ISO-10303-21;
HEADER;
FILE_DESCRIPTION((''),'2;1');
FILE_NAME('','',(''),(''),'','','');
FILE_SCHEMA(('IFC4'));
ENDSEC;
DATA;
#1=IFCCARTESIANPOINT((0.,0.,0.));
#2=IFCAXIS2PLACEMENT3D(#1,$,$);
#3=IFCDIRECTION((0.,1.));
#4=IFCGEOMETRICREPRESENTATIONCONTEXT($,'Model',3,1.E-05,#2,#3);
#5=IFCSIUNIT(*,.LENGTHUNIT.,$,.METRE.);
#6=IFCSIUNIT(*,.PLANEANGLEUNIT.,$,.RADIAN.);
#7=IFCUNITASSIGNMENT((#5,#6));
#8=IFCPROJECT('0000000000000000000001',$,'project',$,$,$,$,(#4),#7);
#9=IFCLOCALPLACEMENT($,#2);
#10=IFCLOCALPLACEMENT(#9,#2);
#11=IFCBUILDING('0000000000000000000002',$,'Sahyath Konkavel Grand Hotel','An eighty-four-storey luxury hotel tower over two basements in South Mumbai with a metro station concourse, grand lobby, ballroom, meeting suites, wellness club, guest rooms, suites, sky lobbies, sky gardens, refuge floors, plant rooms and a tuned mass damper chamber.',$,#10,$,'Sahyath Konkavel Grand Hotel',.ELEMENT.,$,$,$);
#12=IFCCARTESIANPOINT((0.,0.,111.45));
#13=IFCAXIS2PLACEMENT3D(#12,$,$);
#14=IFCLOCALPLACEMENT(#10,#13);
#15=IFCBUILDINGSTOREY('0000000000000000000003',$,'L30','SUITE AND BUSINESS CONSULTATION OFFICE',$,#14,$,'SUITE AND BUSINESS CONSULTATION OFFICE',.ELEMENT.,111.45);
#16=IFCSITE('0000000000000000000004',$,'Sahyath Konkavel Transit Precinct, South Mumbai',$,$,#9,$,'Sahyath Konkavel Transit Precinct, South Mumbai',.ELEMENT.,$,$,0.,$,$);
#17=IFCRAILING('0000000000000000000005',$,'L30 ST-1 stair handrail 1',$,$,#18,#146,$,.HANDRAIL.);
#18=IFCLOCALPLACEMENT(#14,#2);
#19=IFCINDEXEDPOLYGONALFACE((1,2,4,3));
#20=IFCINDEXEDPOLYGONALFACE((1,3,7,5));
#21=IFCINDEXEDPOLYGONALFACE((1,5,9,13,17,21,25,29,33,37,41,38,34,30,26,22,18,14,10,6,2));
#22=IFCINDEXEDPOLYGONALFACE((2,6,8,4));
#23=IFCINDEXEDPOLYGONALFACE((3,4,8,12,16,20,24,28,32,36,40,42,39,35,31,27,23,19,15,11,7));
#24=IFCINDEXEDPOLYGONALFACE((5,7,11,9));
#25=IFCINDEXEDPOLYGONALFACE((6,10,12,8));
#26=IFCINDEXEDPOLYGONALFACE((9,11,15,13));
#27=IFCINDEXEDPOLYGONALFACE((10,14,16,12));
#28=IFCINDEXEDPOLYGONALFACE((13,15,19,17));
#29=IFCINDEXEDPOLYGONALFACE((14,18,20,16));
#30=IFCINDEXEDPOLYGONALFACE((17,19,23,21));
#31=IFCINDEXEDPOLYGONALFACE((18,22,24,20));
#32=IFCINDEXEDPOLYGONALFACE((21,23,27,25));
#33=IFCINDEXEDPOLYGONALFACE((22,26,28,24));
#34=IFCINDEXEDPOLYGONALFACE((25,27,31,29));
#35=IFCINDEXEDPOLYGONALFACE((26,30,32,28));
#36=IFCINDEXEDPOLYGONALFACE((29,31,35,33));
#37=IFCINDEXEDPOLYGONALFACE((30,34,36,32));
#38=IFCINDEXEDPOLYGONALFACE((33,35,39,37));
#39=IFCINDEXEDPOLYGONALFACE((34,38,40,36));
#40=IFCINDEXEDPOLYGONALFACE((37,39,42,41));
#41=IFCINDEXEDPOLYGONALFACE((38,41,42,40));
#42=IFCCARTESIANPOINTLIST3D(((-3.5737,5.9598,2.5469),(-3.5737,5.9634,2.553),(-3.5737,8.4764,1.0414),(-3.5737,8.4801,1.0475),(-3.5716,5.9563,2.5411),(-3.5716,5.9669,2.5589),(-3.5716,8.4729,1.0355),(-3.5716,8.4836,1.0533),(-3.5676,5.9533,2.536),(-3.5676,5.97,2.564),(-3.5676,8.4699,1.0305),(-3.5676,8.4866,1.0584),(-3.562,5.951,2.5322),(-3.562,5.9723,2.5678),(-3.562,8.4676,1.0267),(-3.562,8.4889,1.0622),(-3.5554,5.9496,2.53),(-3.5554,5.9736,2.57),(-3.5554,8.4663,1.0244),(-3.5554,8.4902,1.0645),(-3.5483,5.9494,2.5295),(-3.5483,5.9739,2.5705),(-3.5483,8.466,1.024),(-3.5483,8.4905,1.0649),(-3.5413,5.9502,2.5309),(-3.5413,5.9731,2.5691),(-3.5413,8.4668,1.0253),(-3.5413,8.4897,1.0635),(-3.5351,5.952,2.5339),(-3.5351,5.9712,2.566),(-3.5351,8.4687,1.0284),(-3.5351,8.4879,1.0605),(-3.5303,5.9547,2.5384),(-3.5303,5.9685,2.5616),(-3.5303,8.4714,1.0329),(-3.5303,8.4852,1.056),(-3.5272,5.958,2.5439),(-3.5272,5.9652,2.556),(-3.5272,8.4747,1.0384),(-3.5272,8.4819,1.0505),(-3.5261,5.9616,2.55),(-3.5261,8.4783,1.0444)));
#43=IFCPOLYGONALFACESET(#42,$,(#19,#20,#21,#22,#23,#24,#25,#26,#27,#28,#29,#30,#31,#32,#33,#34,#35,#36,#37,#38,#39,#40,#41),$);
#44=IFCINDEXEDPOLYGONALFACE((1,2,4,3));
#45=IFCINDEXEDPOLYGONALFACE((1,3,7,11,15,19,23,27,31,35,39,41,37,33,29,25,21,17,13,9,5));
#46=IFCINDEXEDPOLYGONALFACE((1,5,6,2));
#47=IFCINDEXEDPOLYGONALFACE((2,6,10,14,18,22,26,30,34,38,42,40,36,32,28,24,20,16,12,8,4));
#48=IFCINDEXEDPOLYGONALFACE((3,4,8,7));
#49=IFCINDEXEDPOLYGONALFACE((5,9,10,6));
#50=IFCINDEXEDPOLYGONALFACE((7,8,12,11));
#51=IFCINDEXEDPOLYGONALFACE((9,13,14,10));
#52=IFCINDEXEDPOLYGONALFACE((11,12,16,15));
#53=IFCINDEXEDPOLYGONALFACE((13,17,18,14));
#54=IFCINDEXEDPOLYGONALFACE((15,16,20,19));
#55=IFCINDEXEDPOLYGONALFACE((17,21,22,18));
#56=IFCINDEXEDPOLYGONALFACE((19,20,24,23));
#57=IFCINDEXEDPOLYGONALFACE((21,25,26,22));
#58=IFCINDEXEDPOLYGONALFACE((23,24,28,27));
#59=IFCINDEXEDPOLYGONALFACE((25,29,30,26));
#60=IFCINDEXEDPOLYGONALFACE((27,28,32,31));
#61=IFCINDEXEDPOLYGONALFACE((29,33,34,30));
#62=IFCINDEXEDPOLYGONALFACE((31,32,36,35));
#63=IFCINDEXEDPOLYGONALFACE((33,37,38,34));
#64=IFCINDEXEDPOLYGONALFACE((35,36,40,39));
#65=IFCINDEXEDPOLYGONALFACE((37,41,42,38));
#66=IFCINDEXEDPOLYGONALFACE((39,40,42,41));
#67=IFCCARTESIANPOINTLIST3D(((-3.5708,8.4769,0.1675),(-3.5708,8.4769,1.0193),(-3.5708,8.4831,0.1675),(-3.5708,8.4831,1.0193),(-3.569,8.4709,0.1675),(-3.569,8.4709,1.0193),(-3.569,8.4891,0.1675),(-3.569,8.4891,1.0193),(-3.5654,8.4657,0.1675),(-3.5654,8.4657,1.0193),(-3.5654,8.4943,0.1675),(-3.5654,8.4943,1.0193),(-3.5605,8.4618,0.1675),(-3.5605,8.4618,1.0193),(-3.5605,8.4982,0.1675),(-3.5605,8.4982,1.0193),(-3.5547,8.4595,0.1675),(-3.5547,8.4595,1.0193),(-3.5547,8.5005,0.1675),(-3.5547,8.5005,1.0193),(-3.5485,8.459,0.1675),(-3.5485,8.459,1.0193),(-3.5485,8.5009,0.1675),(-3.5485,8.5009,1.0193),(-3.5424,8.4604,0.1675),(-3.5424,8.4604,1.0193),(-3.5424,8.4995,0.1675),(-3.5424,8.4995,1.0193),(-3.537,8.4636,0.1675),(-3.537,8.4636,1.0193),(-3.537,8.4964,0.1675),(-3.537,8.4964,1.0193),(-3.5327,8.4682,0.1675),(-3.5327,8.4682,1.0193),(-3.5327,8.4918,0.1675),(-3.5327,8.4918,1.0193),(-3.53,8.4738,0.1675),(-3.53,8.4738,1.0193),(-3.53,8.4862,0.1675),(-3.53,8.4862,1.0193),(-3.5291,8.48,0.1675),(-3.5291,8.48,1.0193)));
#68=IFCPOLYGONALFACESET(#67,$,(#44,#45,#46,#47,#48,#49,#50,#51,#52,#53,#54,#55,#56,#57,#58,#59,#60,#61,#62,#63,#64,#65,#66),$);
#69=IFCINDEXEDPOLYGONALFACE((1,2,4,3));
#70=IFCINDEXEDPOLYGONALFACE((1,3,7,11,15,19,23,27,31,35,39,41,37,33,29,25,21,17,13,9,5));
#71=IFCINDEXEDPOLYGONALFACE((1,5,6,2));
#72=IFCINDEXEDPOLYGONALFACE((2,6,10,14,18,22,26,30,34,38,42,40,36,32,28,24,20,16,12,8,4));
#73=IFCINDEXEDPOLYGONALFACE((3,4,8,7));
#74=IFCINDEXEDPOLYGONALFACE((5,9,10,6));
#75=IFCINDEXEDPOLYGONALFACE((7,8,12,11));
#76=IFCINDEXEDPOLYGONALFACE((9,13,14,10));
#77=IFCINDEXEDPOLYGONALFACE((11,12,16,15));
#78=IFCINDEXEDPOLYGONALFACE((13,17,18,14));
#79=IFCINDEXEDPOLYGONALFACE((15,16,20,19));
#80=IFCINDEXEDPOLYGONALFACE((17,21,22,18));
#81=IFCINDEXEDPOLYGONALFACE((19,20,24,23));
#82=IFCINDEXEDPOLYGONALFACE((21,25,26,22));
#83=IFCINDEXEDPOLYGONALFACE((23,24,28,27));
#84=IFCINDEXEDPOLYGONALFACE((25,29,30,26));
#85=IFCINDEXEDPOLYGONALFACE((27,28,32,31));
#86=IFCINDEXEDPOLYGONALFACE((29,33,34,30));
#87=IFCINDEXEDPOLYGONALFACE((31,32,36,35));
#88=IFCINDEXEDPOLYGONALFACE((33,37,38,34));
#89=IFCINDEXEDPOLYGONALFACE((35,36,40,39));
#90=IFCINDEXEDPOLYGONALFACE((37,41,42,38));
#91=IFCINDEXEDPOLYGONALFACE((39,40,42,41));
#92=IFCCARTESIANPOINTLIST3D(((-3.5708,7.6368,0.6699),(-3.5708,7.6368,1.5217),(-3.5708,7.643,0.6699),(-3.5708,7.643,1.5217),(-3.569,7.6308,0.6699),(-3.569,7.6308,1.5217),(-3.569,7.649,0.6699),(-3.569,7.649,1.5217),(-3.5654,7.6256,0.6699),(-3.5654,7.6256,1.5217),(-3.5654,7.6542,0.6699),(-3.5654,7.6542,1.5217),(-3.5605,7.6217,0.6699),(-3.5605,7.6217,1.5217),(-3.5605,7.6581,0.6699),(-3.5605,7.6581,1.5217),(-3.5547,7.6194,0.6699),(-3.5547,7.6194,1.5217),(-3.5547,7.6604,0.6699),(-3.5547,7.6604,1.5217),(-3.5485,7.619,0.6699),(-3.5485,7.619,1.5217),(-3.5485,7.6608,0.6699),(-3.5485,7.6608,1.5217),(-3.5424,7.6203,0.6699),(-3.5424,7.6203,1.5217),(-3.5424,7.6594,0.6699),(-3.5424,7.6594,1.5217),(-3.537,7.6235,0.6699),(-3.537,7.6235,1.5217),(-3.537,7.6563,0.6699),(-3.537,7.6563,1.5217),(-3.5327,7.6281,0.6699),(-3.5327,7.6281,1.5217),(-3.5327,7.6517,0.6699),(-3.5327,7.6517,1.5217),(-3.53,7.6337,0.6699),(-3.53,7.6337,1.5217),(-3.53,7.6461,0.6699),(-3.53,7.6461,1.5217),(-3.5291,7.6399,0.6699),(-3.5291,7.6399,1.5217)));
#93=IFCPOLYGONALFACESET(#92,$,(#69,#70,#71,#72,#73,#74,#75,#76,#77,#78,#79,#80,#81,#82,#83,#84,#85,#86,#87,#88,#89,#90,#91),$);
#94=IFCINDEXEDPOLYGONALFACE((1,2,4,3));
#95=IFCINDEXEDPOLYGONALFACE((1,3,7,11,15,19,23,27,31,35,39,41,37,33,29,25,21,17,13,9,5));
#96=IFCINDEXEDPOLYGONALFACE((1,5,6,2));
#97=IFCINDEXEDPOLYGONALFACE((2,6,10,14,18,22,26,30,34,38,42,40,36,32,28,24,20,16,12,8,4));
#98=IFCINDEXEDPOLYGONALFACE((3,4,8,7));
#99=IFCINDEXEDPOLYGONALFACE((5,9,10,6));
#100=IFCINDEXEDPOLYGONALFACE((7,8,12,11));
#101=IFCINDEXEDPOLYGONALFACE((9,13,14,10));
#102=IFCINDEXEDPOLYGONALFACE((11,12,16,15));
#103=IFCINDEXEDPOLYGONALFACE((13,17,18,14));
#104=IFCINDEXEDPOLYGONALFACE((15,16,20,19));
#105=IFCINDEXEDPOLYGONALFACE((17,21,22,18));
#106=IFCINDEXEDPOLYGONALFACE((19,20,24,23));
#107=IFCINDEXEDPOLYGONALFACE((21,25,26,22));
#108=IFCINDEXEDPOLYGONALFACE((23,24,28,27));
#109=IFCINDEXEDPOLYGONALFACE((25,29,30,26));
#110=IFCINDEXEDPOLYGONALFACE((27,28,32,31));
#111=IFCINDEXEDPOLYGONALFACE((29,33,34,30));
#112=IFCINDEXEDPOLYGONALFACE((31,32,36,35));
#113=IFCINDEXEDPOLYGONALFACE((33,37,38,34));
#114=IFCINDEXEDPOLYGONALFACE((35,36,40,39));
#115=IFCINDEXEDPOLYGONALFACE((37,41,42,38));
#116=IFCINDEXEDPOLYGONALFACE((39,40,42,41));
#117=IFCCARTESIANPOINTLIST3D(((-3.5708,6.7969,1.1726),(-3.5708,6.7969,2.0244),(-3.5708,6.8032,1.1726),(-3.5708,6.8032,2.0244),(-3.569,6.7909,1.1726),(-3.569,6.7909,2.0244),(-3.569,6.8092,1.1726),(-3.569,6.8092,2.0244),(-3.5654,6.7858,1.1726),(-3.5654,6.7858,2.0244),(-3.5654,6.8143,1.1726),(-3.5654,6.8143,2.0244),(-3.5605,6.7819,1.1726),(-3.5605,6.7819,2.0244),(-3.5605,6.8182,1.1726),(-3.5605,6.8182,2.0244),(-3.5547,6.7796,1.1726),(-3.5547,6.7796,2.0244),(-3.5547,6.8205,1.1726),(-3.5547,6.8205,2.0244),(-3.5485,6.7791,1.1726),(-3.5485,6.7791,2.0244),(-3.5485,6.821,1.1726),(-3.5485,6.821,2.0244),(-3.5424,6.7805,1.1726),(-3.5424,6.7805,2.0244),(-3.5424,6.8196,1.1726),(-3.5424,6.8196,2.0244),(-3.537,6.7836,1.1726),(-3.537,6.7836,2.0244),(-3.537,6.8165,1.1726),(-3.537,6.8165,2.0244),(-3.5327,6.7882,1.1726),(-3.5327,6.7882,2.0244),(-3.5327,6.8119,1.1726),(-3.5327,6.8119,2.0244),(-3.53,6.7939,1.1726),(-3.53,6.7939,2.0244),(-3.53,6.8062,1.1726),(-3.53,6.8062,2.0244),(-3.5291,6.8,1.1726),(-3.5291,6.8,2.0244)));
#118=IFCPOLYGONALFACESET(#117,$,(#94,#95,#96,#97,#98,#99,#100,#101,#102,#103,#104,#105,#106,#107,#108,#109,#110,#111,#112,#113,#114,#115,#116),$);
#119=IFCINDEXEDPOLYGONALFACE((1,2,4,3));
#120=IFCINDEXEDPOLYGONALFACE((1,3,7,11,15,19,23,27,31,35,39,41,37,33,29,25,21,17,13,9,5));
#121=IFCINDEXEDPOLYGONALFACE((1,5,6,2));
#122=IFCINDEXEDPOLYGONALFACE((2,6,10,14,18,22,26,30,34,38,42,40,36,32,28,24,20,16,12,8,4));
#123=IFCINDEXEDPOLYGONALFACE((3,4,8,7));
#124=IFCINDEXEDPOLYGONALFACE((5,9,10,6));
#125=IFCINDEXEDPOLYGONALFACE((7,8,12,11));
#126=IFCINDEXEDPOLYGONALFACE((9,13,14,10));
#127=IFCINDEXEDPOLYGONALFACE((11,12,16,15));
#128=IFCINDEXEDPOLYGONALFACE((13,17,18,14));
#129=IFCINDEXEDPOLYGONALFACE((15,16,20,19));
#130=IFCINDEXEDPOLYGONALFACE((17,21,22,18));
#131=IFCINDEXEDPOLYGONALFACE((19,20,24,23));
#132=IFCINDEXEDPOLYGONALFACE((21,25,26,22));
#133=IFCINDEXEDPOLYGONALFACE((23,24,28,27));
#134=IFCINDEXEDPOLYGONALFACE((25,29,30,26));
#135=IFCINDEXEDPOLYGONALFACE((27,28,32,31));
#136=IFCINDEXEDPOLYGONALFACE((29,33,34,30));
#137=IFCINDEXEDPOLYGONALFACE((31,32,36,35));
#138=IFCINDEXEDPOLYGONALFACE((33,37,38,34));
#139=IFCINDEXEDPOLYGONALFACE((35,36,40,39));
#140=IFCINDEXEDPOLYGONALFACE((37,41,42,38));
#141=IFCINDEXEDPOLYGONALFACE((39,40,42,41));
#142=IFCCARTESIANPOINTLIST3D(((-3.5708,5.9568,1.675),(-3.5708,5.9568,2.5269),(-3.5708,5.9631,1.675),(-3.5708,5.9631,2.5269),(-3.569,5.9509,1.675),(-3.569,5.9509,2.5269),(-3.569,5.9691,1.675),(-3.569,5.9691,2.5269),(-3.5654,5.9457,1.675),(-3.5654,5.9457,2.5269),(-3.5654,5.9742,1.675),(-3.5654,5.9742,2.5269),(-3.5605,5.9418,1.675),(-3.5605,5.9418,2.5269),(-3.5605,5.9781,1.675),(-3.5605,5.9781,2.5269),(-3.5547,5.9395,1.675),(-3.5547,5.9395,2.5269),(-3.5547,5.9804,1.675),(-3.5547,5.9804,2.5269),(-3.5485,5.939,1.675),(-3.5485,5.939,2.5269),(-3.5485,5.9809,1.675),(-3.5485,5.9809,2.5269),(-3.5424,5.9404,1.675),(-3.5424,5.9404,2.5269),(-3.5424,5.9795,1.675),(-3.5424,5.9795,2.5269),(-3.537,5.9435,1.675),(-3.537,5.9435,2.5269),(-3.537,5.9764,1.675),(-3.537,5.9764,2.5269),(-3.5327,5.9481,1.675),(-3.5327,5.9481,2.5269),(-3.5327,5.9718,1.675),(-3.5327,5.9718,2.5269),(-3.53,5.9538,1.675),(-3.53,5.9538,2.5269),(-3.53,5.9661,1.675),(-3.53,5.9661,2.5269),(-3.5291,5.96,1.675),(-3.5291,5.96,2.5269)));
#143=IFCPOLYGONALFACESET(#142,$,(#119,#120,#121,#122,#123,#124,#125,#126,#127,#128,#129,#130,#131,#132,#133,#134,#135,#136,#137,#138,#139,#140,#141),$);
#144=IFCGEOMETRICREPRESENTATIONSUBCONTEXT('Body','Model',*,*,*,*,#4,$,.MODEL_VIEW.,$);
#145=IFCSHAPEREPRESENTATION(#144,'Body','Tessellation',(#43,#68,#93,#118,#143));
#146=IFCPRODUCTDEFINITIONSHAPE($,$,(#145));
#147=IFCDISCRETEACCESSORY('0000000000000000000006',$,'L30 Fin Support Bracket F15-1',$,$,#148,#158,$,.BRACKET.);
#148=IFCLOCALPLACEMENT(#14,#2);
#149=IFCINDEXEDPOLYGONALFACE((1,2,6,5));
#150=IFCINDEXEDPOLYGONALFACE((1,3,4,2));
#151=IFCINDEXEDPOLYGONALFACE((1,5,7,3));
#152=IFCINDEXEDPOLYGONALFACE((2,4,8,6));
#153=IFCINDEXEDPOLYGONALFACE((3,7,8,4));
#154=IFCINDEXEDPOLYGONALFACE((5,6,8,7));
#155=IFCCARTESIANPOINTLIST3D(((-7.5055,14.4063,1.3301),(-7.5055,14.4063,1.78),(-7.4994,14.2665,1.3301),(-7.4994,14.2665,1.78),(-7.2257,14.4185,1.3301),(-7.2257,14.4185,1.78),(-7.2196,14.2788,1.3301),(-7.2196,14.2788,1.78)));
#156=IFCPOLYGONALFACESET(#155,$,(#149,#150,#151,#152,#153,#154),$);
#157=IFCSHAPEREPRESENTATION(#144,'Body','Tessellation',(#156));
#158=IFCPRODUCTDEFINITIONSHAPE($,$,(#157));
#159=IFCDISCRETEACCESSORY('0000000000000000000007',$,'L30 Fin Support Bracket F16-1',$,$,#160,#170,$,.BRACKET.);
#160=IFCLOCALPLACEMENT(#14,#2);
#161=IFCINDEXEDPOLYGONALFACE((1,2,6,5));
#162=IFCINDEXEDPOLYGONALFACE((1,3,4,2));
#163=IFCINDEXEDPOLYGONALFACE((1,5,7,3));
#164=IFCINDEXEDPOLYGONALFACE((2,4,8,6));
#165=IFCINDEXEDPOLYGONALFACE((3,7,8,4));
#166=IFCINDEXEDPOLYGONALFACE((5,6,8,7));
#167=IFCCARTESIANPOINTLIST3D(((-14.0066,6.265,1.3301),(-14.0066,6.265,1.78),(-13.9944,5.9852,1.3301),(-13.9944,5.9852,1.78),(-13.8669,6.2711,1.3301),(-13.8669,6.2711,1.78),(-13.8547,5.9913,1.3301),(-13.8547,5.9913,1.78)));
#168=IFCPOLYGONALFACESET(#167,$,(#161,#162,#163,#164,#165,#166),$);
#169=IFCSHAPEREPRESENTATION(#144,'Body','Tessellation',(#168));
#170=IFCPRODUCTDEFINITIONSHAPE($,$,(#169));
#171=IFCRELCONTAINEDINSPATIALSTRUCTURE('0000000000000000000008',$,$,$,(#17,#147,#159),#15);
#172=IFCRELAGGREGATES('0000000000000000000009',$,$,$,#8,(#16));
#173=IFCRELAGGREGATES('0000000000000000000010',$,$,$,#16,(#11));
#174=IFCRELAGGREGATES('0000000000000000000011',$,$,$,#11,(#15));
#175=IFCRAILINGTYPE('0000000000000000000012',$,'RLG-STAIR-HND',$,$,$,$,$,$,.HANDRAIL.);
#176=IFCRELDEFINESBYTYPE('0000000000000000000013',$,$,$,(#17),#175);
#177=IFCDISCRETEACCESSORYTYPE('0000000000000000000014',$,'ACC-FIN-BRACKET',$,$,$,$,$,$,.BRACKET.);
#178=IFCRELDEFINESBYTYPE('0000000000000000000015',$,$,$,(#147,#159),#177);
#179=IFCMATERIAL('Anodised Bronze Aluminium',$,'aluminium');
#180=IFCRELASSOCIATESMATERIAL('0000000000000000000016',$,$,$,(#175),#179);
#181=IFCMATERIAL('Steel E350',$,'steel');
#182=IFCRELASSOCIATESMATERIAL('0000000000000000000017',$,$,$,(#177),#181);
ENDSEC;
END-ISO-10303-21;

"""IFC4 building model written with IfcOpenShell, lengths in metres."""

from ifc_helpers import new_model, si_unit, direction, frame, origin, origin_2d, place, context, subcontext, project, spatial, rectangle, circle, extrude, source, transform, mapped, material, type_object, element, save


model = new_model("IFC4")

# Units and contexts
model_context = context("Model", 3, precision=1e-05, world=origin(), true_north=direction((0.0, 1.0)))
body_context = subcontext(model_context, "Body", "Model", "MODEL_VIEW")
ifc_project = project(units=[si_unit("LENGTHUNIT", "METRE"), si_unit("PLANEANGLEUNIT", "RADIAN")], contexts=[model_context])

# Site, building, storey
site_placement = place(None, origin())
site = spatial("IfcSite", under=ifc_project, at=site_placement, Name="Sahyath Konkavel Transit Precinct, South Mumbai", LongName="Sahyath Konkavel Transit Precinct, South Mumbai", CompositionType="ELEMENT", RefElevation=0.0)
building_placement = place(site_placement, origin())
building = spatial("IfcBuilding", under=site, at=building_placement, Name="Sahyath Konkavel Grand Hotel", Description="An eighty-four-storey luxury hotel tower over two basements in South Mumbai with a metro station concourse, grand lobby, ballroom, meeting suites, wellness club, guest rooms, suites, sky lobbies, sky gardens, refuge floors, plant rooms and a tuned mass damper chamber.", LongName="Sahyath Konkavel Grand Hotel", CompositionType="ELEMENT")
storey_placement = place(building_placement, frame((0.0, 0.0, 111.45)))
storey = spatial("IfcBuildingStorey", under=building, at=storey_placement, Name="L30", Description="SUITE AND BUSINESS CONSULTATION OFFICE", LongName="SUITE AND BUSINESS CONSULTATION OFFICE", CompositionType="ELEMENT", Elevation=111.45)

# Shared definitions
ifc_material_1 = material(Name="Steel E350", Category="steel")

# Shared definitions
ifc_material_2 = material(Name="Anodised Bronze Aluminium", Category="aluminium")

# Railing
railing_type_1 = type_object("IfcRailingType", Name="RLG-STAIR-HND", PredefinedType="HANDRAIL", material=ifc_material_2)
railing_1_placement = place(storey_placement, frame((-3.55, 8.48, 0.1675)))
element("IfcRailing", 1, at=railing_1_placement, inside=storey, type_object=railing_type_1, Name="L30 ST-1 stair handrail 1", PredefinedType="HANDRAIL", context=body_context, shape_type="SweptSolid", body=[
    extrude(circle(Radius=0.0239, at=origin_2d()), frame((0.0, -0.0017, 0.877), z_axis=(0.0, -0.85816, 0.513383), x_axis=(1.0, 0.0, 0.0)), (0.0, 0.0, 1.0), 2.9326),
    extrude(circle(Radius=0.021, at=origin_2d()), origin(), (0.0, 0.0, 1.0), 0.8518),
    extrude(circle(Radius=0.021, at=origin_2d()), frame((0.0, -0.8401, 0.5024)), (0.0, 0.0, 1.0), 0.8518),
    extrude(circle(Radius=0.021, at=origin_2d()), frame((0.0, -1.6799, 1.0051)), (0.0, 0.0, 1.0), 0.8518),
    extrude(circle(Radius=0.021, at=origin_2d()), frame((0.0, -2.52, 1.5076)), (0.0, 0.0, 1.0), 0.8518),
])

# Discrete accessories
discrete_accessory_type = type_object("IfcDiscreteAccessoryType", Name="ACC-FIN-BRACKET", PredefinedType="BRACKET", material=ifc_material_1)
shared_shape_1 = source(origin(), body_context, "Body", "SweptSolid", [
    extrude(rectangle(XDim=0.28, YDim=0.1399, at=origin_2d()), origin(), (0.0, 0.0, 1.0), 0.45),
])
for number, where, z_axis, x_axis, name in (
    (2, (-7.3625, 14.3425, 1.3301), (0.0, 0.0, 1.0), (-0.999048, -0.043619, 0.0), "L30 Fin Support Bracket F15-1"),
    (3, (-13.9307, 6.1282, 1.3301), (0.0, 0.0, 1.0), (-0.043602, 0.999049, 0.0), "L30 Fin Support Bracket F16-1"),
):
    element("IfcDiscreteAccessory", number, at=place(storey_placement, frame(where, z_axis=z_axis, x_axis=x_axis)), inside=storey, type_object=discrete_accessory_type, Name=name, PredefinedType="BRACKET", context=body_context, shape_type="MappedRepresentation", body=[
        mapped(shared_shape_1, transform((0.0, 0.0, 0.0), scale=1.0)),
    ])

save(model, "model.ifc")
